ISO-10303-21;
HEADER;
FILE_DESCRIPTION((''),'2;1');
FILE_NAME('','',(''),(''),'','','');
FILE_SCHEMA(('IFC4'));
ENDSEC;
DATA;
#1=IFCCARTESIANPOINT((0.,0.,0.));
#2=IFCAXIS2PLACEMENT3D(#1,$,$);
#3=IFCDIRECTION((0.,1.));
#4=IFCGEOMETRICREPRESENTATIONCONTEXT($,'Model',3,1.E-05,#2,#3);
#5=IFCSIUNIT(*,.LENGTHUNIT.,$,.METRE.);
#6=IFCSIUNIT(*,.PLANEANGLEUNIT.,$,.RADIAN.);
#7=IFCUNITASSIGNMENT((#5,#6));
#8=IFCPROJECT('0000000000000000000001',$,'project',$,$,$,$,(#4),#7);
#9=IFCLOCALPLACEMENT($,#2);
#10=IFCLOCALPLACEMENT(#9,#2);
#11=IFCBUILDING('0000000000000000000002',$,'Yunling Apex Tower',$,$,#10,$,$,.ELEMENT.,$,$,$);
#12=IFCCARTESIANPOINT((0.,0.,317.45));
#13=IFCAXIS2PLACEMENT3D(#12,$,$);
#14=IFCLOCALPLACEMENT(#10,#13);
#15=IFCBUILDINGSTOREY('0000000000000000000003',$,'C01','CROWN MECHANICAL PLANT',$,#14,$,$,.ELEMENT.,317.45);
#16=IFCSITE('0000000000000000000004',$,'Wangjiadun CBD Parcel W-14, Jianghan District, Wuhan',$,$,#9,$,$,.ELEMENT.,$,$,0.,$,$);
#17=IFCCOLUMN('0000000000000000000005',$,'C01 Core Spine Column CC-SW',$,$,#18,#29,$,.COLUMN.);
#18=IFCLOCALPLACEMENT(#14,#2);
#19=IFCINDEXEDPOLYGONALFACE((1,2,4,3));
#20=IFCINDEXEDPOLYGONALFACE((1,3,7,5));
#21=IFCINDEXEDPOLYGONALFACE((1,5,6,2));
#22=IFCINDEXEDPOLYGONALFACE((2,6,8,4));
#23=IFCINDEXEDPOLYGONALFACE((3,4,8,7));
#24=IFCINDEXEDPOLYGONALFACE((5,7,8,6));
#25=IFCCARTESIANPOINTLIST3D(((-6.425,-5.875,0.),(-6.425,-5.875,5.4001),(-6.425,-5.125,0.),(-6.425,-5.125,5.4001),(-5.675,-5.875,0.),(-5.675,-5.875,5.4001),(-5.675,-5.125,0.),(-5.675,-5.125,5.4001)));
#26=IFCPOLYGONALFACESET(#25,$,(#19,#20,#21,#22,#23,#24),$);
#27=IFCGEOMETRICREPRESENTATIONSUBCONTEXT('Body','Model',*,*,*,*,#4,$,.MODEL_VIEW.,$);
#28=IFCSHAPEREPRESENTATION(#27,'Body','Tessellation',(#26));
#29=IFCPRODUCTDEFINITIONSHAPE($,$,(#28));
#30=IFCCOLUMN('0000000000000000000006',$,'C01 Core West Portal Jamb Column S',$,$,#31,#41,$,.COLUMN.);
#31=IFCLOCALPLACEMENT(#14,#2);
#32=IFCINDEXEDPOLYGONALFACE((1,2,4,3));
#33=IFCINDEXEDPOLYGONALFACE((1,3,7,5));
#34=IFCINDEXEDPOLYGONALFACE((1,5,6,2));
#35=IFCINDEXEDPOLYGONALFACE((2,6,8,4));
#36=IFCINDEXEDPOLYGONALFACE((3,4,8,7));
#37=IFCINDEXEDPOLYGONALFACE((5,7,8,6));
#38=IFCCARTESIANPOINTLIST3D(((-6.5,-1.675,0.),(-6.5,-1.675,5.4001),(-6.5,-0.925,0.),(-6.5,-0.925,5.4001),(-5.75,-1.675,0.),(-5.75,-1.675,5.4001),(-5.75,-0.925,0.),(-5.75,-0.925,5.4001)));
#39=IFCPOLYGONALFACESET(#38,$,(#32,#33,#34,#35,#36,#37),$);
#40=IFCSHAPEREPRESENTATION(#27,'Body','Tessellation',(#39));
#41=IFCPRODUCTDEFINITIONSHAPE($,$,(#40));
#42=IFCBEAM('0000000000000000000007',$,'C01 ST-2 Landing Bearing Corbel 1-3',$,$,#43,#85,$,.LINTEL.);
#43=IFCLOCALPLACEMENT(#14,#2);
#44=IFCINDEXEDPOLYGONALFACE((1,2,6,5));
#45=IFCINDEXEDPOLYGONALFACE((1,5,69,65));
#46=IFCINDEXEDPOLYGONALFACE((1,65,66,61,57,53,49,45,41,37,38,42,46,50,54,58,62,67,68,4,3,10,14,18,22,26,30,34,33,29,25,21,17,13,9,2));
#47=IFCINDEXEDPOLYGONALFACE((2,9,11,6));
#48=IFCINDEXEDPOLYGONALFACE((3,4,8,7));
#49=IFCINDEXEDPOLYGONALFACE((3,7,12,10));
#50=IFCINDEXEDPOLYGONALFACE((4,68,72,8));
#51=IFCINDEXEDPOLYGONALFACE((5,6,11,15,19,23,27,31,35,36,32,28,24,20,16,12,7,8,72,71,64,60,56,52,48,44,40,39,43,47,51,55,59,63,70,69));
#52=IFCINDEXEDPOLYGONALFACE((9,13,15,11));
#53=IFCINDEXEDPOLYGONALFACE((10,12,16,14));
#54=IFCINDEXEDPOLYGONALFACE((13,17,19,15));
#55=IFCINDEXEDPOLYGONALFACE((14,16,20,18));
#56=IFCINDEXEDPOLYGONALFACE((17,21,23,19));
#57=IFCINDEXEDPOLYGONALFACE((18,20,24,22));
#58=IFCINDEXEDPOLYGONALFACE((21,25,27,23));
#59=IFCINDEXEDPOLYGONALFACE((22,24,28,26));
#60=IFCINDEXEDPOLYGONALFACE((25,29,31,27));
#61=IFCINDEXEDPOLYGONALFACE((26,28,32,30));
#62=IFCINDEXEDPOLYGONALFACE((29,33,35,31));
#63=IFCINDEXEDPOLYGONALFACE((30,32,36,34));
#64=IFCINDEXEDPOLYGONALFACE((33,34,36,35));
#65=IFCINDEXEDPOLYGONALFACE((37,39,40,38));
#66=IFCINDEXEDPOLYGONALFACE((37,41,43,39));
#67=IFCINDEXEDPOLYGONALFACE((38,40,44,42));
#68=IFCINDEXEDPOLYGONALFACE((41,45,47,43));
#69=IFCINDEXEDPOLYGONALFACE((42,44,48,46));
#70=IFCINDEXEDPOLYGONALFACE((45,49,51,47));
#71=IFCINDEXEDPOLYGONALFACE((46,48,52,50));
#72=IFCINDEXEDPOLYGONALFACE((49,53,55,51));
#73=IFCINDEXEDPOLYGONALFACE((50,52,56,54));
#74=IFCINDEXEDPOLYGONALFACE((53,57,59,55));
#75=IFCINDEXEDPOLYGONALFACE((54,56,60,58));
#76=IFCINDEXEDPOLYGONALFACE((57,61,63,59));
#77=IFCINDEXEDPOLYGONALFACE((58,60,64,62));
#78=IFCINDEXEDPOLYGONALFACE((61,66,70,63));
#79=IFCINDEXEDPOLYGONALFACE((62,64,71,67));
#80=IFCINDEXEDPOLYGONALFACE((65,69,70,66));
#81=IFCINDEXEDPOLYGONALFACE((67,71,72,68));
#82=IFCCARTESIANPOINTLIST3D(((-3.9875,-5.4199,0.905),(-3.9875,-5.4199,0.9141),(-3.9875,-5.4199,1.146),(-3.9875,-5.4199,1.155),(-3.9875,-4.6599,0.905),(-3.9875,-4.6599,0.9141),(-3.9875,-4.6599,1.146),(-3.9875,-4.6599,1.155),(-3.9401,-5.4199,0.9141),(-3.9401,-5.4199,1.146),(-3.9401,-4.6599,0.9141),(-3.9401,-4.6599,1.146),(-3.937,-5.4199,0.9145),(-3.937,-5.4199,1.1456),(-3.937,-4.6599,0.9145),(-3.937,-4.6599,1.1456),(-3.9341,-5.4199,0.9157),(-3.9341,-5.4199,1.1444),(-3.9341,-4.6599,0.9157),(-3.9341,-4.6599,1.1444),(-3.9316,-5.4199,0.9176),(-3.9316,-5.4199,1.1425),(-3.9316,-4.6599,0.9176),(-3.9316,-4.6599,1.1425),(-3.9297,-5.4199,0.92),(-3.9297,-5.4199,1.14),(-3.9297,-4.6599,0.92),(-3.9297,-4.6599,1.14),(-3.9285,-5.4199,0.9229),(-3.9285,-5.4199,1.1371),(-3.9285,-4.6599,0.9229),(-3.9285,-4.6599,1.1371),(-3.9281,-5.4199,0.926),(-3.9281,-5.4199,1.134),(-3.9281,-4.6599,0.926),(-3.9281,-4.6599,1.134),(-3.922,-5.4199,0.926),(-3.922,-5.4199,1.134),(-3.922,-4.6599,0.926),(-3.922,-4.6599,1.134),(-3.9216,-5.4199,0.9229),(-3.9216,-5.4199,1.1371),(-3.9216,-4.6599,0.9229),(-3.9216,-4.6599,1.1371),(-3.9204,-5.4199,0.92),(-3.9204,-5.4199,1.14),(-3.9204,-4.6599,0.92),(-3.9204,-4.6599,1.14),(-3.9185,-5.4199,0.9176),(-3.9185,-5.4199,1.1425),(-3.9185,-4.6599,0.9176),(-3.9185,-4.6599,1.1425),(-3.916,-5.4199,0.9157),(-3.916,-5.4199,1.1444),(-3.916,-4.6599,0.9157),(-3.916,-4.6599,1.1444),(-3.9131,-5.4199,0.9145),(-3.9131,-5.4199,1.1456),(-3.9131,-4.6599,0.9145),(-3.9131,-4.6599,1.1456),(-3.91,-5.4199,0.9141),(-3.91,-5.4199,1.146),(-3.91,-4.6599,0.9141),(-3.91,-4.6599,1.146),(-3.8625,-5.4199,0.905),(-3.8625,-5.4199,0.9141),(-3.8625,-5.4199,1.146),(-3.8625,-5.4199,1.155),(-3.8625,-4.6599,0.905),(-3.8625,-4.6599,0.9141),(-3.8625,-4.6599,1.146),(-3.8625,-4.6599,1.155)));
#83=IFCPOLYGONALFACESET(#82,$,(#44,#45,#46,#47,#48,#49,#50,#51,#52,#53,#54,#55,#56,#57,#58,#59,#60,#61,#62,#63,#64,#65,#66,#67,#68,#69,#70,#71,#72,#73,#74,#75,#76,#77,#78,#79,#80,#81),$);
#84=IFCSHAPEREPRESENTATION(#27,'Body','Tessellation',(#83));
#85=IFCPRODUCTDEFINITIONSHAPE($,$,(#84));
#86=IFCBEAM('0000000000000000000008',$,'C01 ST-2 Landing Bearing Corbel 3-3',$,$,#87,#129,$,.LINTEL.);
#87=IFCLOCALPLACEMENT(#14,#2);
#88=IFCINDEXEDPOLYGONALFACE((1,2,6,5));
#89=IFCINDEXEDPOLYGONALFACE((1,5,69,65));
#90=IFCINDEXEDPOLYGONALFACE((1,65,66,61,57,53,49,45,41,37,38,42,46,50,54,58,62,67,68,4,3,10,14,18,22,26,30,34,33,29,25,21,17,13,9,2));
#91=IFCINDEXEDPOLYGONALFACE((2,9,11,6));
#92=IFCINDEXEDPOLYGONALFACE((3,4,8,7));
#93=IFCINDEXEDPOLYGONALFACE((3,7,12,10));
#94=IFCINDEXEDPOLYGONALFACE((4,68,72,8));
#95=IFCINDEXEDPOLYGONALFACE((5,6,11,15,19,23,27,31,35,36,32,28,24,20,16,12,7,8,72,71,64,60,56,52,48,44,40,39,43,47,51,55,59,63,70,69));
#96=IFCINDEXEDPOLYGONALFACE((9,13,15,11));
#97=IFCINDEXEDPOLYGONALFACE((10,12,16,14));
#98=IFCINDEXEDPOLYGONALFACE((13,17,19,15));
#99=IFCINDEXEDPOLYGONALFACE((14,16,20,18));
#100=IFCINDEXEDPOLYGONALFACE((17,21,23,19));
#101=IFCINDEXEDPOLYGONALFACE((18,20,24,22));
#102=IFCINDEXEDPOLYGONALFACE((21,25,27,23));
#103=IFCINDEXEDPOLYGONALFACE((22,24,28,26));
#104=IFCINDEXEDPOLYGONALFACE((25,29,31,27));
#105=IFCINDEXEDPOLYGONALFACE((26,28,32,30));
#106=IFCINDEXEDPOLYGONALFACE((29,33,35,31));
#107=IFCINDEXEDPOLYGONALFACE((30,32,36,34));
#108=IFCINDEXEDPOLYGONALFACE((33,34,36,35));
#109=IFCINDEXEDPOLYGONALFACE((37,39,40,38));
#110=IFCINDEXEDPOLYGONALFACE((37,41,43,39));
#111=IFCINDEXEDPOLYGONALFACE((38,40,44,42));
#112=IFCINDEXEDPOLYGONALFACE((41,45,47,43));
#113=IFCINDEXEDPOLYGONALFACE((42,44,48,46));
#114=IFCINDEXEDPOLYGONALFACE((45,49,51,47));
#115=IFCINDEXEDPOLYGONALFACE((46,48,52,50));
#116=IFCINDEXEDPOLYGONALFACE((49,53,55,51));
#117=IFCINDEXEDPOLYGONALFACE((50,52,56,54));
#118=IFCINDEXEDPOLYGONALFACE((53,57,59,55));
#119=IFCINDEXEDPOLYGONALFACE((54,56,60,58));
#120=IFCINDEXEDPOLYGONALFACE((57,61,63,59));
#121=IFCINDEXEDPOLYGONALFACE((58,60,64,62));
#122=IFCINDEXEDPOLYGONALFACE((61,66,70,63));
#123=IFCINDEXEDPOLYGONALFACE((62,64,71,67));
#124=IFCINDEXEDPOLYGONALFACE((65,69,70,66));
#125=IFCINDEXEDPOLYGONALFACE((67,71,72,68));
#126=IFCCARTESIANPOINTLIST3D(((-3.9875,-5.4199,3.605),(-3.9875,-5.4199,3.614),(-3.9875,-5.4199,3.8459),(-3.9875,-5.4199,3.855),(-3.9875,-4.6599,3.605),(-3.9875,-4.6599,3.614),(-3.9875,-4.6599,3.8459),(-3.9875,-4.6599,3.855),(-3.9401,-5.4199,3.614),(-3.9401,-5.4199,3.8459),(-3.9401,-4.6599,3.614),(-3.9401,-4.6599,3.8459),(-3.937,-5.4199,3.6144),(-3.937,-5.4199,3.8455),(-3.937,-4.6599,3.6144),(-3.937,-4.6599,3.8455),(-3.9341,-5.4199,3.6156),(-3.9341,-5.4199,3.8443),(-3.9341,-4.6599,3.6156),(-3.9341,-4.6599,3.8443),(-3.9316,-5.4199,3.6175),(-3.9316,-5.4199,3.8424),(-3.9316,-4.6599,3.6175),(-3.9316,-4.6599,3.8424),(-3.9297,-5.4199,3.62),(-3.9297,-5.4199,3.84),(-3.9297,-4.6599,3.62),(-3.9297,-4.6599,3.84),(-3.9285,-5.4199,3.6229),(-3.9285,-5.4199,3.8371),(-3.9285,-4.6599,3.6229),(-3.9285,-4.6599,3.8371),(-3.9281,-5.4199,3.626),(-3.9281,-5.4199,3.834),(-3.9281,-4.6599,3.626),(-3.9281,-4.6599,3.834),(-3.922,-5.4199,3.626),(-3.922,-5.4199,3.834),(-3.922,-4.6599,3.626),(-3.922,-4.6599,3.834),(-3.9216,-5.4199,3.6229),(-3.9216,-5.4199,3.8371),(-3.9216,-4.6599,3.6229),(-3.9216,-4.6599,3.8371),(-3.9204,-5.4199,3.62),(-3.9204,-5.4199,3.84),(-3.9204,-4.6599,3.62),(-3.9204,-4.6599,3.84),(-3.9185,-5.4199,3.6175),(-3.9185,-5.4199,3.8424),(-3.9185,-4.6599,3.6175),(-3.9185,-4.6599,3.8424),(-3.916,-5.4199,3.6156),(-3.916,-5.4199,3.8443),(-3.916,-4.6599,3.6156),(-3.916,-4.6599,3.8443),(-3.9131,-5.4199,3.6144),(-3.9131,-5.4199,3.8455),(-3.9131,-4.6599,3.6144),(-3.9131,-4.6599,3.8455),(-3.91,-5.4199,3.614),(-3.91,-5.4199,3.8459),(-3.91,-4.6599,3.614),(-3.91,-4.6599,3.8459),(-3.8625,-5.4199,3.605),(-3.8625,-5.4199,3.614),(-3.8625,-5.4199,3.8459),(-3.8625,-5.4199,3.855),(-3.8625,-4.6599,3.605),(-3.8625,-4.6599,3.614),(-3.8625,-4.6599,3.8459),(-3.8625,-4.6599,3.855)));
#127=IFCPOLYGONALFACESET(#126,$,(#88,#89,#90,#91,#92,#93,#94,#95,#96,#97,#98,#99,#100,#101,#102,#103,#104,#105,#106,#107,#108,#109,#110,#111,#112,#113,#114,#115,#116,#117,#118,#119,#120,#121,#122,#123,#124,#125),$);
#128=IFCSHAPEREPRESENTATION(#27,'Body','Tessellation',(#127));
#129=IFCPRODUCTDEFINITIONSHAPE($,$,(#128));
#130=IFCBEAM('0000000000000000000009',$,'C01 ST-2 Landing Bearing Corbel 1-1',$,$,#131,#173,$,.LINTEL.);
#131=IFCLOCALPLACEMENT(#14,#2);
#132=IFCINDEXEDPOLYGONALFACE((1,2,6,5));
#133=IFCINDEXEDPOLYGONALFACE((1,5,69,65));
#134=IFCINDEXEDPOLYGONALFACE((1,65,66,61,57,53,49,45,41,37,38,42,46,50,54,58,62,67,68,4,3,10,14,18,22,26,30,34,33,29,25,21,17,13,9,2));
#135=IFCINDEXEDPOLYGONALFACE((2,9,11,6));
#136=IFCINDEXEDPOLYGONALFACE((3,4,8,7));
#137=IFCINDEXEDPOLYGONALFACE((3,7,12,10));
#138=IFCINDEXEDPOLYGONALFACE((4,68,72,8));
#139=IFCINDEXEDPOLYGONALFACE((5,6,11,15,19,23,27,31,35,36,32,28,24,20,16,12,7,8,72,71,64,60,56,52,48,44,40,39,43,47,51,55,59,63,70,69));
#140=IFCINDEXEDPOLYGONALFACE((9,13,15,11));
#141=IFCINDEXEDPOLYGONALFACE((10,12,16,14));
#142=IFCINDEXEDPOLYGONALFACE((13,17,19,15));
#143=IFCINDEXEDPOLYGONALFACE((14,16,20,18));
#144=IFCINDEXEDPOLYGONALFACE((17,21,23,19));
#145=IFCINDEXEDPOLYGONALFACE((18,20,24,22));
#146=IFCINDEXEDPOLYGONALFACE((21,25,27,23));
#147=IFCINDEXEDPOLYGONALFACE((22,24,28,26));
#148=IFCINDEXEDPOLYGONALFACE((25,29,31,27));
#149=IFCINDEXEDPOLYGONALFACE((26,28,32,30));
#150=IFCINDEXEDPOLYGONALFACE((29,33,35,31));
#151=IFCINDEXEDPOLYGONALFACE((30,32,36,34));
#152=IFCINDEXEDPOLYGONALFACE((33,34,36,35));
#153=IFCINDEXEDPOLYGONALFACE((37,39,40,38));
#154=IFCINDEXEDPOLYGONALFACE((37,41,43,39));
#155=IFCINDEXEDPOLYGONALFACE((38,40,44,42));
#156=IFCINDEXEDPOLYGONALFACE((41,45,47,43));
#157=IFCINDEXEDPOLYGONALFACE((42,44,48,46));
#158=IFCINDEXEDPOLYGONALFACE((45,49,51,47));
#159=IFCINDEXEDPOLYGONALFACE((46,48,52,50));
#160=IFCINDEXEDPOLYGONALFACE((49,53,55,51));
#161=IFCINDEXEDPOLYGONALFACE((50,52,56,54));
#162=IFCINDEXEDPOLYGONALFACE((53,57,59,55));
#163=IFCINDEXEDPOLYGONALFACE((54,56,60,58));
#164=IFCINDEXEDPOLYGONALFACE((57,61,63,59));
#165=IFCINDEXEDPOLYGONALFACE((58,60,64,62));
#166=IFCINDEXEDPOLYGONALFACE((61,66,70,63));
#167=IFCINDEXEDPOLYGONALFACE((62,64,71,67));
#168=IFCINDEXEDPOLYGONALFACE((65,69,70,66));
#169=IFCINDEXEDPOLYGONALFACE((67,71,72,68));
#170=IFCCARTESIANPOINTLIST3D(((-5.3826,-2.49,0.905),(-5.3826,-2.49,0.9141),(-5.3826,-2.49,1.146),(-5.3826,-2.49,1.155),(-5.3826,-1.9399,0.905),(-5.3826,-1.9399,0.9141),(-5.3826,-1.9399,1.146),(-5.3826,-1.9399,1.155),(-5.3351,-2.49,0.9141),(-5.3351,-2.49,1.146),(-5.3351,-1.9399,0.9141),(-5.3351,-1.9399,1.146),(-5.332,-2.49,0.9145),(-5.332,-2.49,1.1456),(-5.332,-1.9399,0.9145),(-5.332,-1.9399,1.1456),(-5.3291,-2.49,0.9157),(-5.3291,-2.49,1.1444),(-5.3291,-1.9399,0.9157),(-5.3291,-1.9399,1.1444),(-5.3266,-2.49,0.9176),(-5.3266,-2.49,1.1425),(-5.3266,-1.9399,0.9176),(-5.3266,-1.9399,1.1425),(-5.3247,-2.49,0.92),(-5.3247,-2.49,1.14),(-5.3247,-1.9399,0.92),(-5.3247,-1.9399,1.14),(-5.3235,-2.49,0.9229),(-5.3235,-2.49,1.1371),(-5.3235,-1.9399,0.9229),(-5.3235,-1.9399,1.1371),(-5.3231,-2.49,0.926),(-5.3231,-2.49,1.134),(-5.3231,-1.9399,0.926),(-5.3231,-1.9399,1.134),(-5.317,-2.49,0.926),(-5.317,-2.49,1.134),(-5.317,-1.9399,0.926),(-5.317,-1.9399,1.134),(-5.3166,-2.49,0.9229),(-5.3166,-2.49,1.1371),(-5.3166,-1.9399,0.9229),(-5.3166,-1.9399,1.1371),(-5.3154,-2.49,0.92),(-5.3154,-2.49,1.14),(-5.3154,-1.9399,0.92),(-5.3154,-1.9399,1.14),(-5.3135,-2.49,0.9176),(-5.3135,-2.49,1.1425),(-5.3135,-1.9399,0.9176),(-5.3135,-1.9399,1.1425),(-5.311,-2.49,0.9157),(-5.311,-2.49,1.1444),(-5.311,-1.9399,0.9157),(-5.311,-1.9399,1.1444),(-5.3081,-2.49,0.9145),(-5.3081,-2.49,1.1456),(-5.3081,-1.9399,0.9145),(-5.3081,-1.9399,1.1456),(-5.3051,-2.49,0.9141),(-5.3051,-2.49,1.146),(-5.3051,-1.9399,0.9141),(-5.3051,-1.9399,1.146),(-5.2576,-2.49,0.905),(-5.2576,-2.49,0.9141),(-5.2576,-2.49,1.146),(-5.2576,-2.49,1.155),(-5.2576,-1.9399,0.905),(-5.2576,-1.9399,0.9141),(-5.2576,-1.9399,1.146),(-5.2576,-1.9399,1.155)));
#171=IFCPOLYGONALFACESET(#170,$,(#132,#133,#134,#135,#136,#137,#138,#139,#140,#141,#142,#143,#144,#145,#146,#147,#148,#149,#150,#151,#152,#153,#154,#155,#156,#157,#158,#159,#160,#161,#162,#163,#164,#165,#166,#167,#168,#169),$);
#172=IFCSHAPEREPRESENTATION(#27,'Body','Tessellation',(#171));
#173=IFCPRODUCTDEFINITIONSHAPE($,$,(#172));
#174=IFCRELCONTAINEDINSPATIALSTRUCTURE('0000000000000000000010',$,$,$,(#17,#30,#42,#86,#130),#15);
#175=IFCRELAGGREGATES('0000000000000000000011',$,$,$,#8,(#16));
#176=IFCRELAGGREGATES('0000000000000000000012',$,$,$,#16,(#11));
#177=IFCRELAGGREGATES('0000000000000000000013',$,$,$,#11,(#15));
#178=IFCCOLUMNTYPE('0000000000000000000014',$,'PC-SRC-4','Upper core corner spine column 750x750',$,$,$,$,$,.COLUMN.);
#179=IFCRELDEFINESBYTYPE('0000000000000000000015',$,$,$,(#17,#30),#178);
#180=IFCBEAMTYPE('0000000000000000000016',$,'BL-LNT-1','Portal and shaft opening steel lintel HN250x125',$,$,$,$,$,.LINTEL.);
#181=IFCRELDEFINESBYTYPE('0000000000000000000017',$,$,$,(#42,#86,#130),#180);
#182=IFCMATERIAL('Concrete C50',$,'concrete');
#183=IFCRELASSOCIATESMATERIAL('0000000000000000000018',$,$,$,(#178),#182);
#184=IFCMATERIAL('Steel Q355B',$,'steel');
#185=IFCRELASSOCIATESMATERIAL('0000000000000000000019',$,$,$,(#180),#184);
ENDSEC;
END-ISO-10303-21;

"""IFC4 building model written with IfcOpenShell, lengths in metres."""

from ifc_helpers import new_model, si_unit, direction, frame, origin, origin_2d, place, context, subcontext, project, spatial, rectangle, i_section, extrude, source, transform, mapped, material, material_profile, profile_set, type_object, element, save


model = new_model("IFC4")

# Units and contexts
model_context = context("Model", 3, precision=1e-05, world=origin(), true_north=direction((0.0, 1.0)))
body_context = subcontext(model_context, "Body", "Model", "MODEL_VIEW")
ifc_project = project(units=[si_unit("LENGTHUNIT", "METRE"), si_unit("PLANEANGLEUNIT", "RADIAN")], contexts=[model_context])

# Site, building, storey
site_placement = place(None, origin())
site = spatial("IfcSite", under=ifc_project, at=site_placement, Name="Wangjiadun CBD Parcel W-14, Jianghan District, Wuhan", CompositionType="ELEMENT", RefElevation=0.0)
building_placement = place(site_placement, origin())
building = spatial("IfcBuilding", under=site, at=building_placement, Name="Yunling Apex Tower", CompositionType="ELEMENT")
storey_placement = place(building_placement, frame((0.0, 0.0, 317.45)))
storey = spatial("IfcBuildingStorey", under=building, at=storey_placement, Name="C01", Description="CROWN MECHANICAL PLANT", CompositionType="ELEMENT", Elevation=317.45)

# Columns
ifc_material_1 = material(Name="Concrete C50", Category="concrete")
ifc_material_profile_1 = material_profile(ifc_material_1, rectangle(XDim=0.75, YDim=0.75, at=origin_2d()))
ifc_profile_set_1 = profile_set([ifc_material_profile_1], Name="Concrete C50")
column_type = type_object("IfcColumnType", Name="PC-SRC-4", Description="Upper core corner spine column 750x750", PredefinedType="COLUMN", material=ifc_profile_set_1)
shared_shape_1 = source(origin(), body_context, "Body", "SweptSolid", [
    extrude(rectangle(XDim=0.75, YDim=0.75, at=origin_2d()), origin(), (0.0, 0.0, 1.0), 5.4001),
])
for number, where, z_axis, x_axis, name in (
    (1, (-6.05, -5.5, 0.0), (0.0, 0.0, 1.0), (1.0, 0.0, 0.0), "C01 Core Spine Column CC-SW"),
    (2, (-6.125, -1.3, 0.0), (0.0, 0.0, 1.0), (1.0, 0.0, 0.0), "C01 Core West Portal Jamb Column S"),
):
    element("IfcColumn", number, at=place(storey_placement, frame(where, z_axis=z_axis, x_axis=x_axis)), inside=storey, type_object=column_type, Name=name, PredefinedType="COLUMN", context=body_context, shape_type="MappedRepresentation", body=[
        mapped(shared_shape_1, transform((0.0, 0.0, 0.0), scale=1.0)),
    ])

# Beams
ifc_material_2 = material(Name="Steel Q355B", Category="steel")
ifc_material_profile_2 = material_profile(ifc_material_2, i_section(OverallWidth=0.125, OverallDepth=0.25, WebThickness=0.0061, FlangeThickness=0.009, FilletRadius=0.012, at=origin_2d()))
ifc_profile_set_2 = profile_set([ifc_material_profile_2], Name="Steel Q355B")
beam_type_1 = type_object("IfcBeamType", Name="BL-LNT-1", Description="Portal and shaft opening steel lintel HN250x125", PredefinedType="LINTEL", material=ifc_profile_set_2)
shared_shape_2 = source(origin(), body_context, "Body", "SweptSolid", [
    extrude(i_section(OverallWidth=0.125, OverallDepth=0.25, WebThickness=0.0061, FlangeThickness=0.009, FilletRadius=0.012, at=origin_2d()), origin(), (0.0, 0.0, 1.0), 0.76),
])
for number, where, z_axis, x_axis, name in (
    (3, (-3.925, -5.4199, 1.03), (0.0, 1.0, 0.0), (-1.0, 0.0, 0.0), "C01 ST-2 Landing Bearing Corbel 1-3"),
    (4, (-3.925, -5.4199, 3.73), (0.0, 1.0, 0.0), (-1.0, 0.0, 0.0), "C01 ST-2 Landing Bearing Corbel 3-3"),
):
    element("IfcBeam", number, at=place(storey_placement, frame(where, z_axis=z_axis, x_axis=x_axis)), inside=storey, type_object=beam_type_1, Name=name, PredefinedType="LINTEL", context=body_context, shape_type="MappedRepresentation", body=[
        mapped(shared_shape_2, transform((0.0, 0.0, 0.0), scale=1.0)),
    ])
shared_shape_3 = source(origin(), body_context, "Body", "SweptSolid", [
    extrude(i_section(OverallWidth=0.125, OverallDepth=0.25, WebThickness=0.0061, FlangeThickness=0.009, FilletRadius=0.012, at=origin_2d()), origin(), (0.0, 0.0, 1.0), 0.55),
])
for number, where, z_axis, x_axis, name in (
    (5, (-5.3201, -1.9399, 1.03), (0.0, -1.0, 0.0), (1.0, 0.0, 0.0), "C01 ST-2 Landing Bearing Corbel 1-1"),
):
    element("IfcBeam", number, at=place(storey_placement, frame(where, z_axis=z_axis, x_axis=x_axis)), inside=storey, type_object=beam_type_1, Name=name, PredefinedType="LINTEL", context=body_context, shape_type="MappedRepresentation", body=[
        mapped(shared_shape_3, transform((0.0, 0.0, 0.0), scale=1.0)),
    ])

save(model, "model.ifc")
